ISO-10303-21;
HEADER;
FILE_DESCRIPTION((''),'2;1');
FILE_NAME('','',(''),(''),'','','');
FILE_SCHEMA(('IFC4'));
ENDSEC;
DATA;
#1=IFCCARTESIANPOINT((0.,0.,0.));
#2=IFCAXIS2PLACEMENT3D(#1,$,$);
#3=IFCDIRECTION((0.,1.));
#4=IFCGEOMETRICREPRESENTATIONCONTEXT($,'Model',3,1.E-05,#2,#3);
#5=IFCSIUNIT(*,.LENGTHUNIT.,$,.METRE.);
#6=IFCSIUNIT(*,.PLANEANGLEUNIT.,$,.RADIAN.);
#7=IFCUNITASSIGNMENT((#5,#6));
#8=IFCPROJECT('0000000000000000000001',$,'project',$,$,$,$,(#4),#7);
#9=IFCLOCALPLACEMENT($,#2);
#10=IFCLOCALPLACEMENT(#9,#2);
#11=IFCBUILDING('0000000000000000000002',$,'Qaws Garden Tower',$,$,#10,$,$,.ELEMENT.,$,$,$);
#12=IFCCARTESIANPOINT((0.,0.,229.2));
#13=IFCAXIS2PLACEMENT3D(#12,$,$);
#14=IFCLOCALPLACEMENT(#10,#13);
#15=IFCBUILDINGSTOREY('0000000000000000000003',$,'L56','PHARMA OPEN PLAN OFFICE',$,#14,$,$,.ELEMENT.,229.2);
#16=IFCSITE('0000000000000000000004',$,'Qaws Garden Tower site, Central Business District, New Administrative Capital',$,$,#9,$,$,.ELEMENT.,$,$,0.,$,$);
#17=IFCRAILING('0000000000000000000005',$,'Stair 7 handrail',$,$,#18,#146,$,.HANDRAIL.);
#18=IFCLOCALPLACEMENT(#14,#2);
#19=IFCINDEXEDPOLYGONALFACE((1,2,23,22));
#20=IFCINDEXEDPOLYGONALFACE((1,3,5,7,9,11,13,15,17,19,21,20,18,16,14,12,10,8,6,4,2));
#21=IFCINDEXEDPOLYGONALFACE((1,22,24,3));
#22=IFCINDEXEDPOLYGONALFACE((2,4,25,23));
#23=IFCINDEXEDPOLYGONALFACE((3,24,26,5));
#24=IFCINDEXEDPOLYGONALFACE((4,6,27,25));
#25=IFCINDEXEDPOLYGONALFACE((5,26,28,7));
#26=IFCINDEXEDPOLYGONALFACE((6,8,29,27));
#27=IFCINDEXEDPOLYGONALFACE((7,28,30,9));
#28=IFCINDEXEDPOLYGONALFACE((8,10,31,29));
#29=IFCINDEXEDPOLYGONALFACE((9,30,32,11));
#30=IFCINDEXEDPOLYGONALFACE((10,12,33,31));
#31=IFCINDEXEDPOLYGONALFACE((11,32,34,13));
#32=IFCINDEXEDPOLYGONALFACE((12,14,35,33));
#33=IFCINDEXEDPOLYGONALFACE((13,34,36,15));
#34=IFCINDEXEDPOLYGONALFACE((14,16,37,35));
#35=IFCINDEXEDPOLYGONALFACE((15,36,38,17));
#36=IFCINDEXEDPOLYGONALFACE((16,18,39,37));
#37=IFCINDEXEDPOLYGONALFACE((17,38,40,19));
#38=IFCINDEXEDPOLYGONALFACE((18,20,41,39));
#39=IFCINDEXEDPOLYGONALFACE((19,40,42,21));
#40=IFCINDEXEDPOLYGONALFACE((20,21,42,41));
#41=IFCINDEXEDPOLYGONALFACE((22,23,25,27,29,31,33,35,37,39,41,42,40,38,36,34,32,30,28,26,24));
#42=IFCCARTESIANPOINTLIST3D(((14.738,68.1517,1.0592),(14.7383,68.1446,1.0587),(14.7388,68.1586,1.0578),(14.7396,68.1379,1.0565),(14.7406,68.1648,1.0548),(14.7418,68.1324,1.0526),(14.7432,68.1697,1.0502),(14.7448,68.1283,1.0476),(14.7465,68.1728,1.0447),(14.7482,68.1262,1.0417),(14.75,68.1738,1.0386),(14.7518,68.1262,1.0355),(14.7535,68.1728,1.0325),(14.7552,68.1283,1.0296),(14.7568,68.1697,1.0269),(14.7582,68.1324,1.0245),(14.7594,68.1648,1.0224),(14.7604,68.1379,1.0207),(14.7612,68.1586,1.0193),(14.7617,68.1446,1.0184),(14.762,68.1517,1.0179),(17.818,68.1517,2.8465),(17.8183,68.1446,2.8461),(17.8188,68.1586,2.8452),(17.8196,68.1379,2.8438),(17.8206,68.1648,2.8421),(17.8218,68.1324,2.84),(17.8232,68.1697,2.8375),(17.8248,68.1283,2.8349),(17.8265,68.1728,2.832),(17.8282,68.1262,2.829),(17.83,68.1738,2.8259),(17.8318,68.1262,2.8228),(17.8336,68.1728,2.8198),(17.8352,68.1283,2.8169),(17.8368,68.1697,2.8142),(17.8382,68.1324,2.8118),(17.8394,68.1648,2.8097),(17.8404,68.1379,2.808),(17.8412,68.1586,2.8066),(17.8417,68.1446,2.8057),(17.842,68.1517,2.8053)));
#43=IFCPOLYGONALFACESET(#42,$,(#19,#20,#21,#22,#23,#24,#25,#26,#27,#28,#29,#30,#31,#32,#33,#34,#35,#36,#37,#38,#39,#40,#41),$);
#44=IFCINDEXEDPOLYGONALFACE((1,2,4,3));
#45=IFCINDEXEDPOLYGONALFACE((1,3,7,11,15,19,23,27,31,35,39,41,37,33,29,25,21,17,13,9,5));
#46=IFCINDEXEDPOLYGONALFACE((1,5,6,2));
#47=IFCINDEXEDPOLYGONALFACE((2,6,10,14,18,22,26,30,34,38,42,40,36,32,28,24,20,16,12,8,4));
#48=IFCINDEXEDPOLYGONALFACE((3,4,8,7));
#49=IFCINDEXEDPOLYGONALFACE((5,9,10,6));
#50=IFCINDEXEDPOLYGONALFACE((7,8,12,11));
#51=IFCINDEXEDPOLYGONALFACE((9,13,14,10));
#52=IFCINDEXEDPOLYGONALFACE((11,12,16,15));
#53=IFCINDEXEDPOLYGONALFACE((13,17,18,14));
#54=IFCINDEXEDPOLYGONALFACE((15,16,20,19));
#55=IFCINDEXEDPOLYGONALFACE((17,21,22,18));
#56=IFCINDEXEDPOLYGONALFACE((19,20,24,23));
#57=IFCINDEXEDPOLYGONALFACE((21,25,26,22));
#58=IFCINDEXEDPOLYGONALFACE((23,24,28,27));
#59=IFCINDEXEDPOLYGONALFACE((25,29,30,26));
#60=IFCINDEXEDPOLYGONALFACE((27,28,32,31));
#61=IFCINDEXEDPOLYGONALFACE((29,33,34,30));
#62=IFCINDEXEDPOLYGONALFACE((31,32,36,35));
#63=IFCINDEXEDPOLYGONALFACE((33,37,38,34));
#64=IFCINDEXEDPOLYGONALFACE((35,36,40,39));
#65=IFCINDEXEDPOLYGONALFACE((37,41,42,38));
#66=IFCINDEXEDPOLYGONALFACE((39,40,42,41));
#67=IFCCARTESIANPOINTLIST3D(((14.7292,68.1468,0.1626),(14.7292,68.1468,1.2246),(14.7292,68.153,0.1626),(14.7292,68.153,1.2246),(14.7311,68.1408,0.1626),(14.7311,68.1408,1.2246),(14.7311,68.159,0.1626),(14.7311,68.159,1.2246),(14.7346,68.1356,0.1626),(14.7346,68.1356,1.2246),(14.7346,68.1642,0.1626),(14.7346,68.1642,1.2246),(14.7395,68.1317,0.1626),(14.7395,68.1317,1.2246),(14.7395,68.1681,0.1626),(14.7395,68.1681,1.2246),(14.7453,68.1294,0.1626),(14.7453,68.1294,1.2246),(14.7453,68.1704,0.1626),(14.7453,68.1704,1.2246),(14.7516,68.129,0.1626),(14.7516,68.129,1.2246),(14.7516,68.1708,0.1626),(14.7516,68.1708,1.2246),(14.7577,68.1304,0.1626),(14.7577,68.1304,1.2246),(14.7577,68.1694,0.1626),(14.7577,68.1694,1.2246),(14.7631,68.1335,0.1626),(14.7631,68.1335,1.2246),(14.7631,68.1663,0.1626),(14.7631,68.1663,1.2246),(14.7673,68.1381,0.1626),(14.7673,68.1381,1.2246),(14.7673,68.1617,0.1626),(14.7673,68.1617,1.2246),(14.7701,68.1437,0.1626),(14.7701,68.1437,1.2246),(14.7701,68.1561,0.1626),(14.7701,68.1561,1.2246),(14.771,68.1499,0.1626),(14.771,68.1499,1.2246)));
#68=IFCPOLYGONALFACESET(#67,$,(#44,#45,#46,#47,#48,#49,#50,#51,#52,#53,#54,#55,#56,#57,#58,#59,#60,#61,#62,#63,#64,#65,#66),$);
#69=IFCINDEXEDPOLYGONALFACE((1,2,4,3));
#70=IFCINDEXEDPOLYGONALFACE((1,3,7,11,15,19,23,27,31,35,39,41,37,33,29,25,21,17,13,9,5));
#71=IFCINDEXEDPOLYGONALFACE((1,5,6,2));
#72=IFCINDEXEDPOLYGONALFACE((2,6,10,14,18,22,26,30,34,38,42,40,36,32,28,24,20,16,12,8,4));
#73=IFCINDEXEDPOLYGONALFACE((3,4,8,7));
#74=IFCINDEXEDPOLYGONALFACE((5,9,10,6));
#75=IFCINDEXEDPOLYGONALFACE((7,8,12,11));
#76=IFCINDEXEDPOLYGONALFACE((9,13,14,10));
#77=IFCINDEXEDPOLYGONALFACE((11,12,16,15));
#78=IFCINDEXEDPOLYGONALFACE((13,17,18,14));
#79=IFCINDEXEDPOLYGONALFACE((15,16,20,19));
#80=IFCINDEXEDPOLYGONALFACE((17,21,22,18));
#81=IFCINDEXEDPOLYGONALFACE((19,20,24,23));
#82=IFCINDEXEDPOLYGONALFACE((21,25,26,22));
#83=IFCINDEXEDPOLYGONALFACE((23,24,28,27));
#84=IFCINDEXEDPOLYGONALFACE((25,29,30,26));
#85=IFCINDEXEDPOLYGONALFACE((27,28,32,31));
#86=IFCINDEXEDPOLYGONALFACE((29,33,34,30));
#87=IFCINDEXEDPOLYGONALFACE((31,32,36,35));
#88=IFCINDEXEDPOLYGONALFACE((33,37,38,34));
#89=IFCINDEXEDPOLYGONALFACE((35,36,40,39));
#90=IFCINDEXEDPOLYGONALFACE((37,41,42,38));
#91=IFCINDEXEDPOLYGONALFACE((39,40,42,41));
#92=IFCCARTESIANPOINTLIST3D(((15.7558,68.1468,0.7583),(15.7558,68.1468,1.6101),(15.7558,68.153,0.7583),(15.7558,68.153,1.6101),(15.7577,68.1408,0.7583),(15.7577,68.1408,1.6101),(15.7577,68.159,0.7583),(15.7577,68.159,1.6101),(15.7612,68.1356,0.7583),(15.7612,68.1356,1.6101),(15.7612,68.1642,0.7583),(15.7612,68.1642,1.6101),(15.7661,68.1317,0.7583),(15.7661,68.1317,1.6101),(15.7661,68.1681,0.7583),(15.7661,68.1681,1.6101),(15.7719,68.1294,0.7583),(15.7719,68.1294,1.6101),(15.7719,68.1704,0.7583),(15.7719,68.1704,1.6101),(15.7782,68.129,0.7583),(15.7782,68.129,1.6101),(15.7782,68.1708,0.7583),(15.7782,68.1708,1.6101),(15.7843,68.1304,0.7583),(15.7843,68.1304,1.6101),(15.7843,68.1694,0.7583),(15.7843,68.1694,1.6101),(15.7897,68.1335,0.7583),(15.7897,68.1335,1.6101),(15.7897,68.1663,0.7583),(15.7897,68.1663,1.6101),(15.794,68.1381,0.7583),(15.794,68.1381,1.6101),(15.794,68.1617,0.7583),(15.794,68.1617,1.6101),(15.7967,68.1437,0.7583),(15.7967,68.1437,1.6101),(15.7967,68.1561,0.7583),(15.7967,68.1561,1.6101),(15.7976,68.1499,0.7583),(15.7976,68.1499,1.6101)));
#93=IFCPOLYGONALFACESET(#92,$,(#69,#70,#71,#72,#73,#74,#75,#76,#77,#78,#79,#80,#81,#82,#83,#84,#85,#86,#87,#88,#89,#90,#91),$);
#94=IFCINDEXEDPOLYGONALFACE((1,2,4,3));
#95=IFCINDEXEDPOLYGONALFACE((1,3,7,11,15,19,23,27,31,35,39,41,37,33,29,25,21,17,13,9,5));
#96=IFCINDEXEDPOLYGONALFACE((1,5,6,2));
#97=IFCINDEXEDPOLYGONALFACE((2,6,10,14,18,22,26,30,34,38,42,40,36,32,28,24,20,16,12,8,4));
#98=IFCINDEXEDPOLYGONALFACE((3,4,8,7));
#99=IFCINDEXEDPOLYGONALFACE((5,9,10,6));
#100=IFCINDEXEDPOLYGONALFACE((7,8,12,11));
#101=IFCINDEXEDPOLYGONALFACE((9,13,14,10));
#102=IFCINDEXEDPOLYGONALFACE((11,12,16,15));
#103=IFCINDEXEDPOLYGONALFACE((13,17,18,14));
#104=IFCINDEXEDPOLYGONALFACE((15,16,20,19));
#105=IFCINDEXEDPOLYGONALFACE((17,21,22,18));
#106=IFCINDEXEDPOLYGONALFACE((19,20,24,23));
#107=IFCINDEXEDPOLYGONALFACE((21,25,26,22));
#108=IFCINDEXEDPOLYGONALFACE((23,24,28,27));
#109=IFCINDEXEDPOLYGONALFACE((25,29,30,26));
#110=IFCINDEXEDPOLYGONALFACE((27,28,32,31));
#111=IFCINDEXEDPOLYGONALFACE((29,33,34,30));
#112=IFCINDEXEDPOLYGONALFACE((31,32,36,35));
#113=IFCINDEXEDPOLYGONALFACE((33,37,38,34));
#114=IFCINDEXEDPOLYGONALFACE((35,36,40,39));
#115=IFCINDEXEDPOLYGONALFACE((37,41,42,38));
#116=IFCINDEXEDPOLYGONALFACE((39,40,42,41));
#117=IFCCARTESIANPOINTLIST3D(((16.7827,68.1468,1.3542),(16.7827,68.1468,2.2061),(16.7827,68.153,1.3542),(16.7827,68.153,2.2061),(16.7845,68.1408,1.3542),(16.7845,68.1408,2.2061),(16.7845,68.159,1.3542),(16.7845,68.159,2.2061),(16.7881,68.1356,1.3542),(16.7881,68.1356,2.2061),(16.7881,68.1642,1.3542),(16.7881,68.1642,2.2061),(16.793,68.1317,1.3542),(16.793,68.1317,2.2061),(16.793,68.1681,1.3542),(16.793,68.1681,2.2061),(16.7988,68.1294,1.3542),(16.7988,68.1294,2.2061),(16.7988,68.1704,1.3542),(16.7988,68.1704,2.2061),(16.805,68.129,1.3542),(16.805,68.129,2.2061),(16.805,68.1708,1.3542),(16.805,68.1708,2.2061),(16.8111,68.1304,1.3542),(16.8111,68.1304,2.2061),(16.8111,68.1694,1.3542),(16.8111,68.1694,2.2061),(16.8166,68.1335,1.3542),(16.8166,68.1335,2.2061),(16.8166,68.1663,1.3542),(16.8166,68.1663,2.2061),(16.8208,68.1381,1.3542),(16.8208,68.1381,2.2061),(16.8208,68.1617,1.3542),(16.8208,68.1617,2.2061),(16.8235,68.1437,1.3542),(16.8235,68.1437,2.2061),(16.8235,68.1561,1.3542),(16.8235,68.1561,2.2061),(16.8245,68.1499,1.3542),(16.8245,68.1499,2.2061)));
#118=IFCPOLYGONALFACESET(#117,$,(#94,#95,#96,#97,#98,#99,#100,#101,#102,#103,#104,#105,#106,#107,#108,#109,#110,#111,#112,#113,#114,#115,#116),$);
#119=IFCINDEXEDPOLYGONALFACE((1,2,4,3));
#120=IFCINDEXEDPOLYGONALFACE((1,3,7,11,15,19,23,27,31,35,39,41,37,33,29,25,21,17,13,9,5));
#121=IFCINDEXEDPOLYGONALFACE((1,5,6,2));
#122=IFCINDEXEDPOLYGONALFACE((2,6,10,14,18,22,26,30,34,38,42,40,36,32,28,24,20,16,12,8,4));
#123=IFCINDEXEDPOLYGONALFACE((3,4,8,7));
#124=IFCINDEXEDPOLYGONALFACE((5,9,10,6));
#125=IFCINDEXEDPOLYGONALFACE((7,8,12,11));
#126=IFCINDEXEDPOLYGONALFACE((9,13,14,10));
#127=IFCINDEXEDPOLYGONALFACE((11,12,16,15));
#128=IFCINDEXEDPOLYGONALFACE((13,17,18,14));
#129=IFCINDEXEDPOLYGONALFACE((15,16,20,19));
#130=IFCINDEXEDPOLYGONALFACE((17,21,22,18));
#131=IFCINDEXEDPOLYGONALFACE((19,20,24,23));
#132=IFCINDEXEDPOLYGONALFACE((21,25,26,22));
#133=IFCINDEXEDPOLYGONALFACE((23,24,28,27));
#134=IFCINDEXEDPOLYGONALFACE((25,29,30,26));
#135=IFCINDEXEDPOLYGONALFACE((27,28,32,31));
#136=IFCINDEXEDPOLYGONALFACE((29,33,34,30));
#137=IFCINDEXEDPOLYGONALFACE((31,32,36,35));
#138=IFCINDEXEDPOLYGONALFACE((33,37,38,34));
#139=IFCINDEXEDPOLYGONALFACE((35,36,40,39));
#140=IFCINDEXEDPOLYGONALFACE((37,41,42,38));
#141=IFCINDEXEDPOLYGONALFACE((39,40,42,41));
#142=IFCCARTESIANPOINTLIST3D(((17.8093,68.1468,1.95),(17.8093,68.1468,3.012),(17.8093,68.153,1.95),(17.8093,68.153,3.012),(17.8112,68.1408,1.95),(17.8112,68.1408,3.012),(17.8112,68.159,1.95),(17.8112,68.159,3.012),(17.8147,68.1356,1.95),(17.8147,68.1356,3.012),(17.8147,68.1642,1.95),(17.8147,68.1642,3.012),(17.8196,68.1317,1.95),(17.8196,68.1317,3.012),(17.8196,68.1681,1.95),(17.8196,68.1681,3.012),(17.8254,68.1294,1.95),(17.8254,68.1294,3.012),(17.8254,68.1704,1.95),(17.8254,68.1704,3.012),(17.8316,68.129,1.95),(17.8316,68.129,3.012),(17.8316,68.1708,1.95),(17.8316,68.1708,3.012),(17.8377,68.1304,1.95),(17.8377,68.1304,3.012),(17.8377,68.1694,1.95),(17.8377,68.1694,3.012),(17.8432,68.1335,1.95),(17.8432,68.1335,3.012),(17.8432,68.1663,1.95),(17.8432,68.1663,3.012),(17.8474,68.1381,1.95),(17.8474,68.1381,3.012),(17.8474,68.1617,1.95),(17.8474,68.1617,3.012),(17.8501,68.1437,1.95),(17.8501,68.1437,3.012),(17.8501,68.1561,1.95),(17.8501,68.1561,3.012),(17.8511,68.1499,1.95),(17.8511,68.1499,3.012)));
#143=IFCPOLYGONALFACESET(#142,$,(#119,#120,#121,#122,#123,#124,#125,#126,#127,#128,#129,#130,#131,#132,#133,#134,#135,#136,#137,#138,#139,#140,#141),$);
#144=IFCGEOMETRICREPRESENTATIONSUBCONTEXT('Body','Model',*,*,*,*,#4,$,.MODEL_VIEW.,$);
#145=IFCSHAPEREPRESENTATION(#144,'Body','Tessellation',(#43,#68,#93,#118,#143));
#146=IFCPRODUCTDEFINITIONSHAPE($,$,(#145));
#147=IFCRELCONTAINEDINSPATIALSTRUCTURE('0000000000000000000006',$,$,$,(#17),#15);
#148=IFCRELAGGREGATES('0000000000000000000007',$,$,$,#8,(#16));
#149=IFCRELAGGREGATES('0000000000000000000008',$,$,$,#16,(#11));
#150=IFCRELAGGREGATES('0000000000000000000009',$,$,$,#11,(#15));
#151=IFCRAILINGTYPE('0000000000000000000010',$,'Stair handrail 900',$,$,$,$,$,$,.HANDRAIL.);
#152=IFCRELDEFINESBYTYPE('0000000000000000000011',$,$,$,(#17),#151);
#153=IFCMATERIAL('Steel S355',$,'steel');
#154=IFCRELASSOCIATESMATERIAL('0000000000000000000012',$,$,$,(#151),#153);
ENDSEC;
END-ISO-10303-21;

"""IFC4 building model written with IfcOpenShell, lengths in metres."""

from ifc_helpers import new_model, si_unit, direction, frame, origin, origin_2d, place, context, subcontext, project, spatial, circle, extrude, material, type_object, element, save


model = new_model("IFC4")

# Units and contexts
model_context = context("Model", 3, precision=1e-05, world=origin(), true_north=direction((0.0, 1.0)))
body_context = subcontext(model_context, "Body", "Model", "MODEL_VIEW")
ifc_project = project(units=[si_unit("LENGTHUNIT", "METRE"), si_unit("PLANEANGLEUNIT", "RADIAN")], contexts=[model_context])

# Site, building, storey
site_placement = place(None, origin())
site = spatial("IfcSite", under=ifc_project, at=site_placement, Name="Qaws Garden Tower site, Central Business District, New Administrative Capital", CompositionType="ELEMENT", RefElevation=0.0)
building_placement = place(site_placement, origin())
building = spatial("IfcBuilding", under=site, at=building_placement, Name="Qaws Garden Tower", CompositionType="ELEMENT")
storey_placement = place(building_placement, frame((0.0, 0.0, 229.2)))
storey = spatial("IfcBuildingStorey", under=building, at=storey_placement, Name="L56", Description="PHARMA OPEN PLAN OFFICE", CompositionType="ELEMENT", Elevation=229.2)

# Railing
ifc_material_1 = material(Name="Steel S355", Category="steel")
railing_type = type_object("IfcRailingType", Name="Stair handrail 900", PredefinedType="HANDRAIL", material=ifc_material_1)
railing_1_placement = place(storey_placement, frame((14.75, 68.1499, 0.1626)))
element("IfcRailing", 1, at=railing_1_placement, inside=storey, type_object=railing_type, Name="Stair 7 handrail", PredefinedType="HANDRAIL", context=body_context, shape_type="SweptSolid", body=[
    extrude(circle(Radius=0.0239, at=origin_2d()), frame((0.0, 0.0, 0.876), z_axis=(0.86492, 0.0, 0.501909), x_axis=(0.0, 1.0, 0.0)), (0.0, 0.0, 1.0), 3.561),
    extrude(circle(Radius=0.021, at=origin_2d()), origin(), (0.0, 0.0, 1.0), 1.062),
    extrude(circle(Radius=0.021, at=origin_2d()), frame((1.0266, 0.0, 0.5957)), (0.0, 0.0, 1.0), 0.8518),
    extrude(circle(Radius=0.021, at=origin_2d()), frame((2.0535, 0.0, 1.1917)), (0.0, 0.0, 1.0), 0.8518),
    extrude(circle(Radius=0.021, at=origin_2d()), frame((3.0801, 0.0, 1.7874)), (0.0, 0.0, 1.0), 1.062),
])

save(model, "model.ifc")
